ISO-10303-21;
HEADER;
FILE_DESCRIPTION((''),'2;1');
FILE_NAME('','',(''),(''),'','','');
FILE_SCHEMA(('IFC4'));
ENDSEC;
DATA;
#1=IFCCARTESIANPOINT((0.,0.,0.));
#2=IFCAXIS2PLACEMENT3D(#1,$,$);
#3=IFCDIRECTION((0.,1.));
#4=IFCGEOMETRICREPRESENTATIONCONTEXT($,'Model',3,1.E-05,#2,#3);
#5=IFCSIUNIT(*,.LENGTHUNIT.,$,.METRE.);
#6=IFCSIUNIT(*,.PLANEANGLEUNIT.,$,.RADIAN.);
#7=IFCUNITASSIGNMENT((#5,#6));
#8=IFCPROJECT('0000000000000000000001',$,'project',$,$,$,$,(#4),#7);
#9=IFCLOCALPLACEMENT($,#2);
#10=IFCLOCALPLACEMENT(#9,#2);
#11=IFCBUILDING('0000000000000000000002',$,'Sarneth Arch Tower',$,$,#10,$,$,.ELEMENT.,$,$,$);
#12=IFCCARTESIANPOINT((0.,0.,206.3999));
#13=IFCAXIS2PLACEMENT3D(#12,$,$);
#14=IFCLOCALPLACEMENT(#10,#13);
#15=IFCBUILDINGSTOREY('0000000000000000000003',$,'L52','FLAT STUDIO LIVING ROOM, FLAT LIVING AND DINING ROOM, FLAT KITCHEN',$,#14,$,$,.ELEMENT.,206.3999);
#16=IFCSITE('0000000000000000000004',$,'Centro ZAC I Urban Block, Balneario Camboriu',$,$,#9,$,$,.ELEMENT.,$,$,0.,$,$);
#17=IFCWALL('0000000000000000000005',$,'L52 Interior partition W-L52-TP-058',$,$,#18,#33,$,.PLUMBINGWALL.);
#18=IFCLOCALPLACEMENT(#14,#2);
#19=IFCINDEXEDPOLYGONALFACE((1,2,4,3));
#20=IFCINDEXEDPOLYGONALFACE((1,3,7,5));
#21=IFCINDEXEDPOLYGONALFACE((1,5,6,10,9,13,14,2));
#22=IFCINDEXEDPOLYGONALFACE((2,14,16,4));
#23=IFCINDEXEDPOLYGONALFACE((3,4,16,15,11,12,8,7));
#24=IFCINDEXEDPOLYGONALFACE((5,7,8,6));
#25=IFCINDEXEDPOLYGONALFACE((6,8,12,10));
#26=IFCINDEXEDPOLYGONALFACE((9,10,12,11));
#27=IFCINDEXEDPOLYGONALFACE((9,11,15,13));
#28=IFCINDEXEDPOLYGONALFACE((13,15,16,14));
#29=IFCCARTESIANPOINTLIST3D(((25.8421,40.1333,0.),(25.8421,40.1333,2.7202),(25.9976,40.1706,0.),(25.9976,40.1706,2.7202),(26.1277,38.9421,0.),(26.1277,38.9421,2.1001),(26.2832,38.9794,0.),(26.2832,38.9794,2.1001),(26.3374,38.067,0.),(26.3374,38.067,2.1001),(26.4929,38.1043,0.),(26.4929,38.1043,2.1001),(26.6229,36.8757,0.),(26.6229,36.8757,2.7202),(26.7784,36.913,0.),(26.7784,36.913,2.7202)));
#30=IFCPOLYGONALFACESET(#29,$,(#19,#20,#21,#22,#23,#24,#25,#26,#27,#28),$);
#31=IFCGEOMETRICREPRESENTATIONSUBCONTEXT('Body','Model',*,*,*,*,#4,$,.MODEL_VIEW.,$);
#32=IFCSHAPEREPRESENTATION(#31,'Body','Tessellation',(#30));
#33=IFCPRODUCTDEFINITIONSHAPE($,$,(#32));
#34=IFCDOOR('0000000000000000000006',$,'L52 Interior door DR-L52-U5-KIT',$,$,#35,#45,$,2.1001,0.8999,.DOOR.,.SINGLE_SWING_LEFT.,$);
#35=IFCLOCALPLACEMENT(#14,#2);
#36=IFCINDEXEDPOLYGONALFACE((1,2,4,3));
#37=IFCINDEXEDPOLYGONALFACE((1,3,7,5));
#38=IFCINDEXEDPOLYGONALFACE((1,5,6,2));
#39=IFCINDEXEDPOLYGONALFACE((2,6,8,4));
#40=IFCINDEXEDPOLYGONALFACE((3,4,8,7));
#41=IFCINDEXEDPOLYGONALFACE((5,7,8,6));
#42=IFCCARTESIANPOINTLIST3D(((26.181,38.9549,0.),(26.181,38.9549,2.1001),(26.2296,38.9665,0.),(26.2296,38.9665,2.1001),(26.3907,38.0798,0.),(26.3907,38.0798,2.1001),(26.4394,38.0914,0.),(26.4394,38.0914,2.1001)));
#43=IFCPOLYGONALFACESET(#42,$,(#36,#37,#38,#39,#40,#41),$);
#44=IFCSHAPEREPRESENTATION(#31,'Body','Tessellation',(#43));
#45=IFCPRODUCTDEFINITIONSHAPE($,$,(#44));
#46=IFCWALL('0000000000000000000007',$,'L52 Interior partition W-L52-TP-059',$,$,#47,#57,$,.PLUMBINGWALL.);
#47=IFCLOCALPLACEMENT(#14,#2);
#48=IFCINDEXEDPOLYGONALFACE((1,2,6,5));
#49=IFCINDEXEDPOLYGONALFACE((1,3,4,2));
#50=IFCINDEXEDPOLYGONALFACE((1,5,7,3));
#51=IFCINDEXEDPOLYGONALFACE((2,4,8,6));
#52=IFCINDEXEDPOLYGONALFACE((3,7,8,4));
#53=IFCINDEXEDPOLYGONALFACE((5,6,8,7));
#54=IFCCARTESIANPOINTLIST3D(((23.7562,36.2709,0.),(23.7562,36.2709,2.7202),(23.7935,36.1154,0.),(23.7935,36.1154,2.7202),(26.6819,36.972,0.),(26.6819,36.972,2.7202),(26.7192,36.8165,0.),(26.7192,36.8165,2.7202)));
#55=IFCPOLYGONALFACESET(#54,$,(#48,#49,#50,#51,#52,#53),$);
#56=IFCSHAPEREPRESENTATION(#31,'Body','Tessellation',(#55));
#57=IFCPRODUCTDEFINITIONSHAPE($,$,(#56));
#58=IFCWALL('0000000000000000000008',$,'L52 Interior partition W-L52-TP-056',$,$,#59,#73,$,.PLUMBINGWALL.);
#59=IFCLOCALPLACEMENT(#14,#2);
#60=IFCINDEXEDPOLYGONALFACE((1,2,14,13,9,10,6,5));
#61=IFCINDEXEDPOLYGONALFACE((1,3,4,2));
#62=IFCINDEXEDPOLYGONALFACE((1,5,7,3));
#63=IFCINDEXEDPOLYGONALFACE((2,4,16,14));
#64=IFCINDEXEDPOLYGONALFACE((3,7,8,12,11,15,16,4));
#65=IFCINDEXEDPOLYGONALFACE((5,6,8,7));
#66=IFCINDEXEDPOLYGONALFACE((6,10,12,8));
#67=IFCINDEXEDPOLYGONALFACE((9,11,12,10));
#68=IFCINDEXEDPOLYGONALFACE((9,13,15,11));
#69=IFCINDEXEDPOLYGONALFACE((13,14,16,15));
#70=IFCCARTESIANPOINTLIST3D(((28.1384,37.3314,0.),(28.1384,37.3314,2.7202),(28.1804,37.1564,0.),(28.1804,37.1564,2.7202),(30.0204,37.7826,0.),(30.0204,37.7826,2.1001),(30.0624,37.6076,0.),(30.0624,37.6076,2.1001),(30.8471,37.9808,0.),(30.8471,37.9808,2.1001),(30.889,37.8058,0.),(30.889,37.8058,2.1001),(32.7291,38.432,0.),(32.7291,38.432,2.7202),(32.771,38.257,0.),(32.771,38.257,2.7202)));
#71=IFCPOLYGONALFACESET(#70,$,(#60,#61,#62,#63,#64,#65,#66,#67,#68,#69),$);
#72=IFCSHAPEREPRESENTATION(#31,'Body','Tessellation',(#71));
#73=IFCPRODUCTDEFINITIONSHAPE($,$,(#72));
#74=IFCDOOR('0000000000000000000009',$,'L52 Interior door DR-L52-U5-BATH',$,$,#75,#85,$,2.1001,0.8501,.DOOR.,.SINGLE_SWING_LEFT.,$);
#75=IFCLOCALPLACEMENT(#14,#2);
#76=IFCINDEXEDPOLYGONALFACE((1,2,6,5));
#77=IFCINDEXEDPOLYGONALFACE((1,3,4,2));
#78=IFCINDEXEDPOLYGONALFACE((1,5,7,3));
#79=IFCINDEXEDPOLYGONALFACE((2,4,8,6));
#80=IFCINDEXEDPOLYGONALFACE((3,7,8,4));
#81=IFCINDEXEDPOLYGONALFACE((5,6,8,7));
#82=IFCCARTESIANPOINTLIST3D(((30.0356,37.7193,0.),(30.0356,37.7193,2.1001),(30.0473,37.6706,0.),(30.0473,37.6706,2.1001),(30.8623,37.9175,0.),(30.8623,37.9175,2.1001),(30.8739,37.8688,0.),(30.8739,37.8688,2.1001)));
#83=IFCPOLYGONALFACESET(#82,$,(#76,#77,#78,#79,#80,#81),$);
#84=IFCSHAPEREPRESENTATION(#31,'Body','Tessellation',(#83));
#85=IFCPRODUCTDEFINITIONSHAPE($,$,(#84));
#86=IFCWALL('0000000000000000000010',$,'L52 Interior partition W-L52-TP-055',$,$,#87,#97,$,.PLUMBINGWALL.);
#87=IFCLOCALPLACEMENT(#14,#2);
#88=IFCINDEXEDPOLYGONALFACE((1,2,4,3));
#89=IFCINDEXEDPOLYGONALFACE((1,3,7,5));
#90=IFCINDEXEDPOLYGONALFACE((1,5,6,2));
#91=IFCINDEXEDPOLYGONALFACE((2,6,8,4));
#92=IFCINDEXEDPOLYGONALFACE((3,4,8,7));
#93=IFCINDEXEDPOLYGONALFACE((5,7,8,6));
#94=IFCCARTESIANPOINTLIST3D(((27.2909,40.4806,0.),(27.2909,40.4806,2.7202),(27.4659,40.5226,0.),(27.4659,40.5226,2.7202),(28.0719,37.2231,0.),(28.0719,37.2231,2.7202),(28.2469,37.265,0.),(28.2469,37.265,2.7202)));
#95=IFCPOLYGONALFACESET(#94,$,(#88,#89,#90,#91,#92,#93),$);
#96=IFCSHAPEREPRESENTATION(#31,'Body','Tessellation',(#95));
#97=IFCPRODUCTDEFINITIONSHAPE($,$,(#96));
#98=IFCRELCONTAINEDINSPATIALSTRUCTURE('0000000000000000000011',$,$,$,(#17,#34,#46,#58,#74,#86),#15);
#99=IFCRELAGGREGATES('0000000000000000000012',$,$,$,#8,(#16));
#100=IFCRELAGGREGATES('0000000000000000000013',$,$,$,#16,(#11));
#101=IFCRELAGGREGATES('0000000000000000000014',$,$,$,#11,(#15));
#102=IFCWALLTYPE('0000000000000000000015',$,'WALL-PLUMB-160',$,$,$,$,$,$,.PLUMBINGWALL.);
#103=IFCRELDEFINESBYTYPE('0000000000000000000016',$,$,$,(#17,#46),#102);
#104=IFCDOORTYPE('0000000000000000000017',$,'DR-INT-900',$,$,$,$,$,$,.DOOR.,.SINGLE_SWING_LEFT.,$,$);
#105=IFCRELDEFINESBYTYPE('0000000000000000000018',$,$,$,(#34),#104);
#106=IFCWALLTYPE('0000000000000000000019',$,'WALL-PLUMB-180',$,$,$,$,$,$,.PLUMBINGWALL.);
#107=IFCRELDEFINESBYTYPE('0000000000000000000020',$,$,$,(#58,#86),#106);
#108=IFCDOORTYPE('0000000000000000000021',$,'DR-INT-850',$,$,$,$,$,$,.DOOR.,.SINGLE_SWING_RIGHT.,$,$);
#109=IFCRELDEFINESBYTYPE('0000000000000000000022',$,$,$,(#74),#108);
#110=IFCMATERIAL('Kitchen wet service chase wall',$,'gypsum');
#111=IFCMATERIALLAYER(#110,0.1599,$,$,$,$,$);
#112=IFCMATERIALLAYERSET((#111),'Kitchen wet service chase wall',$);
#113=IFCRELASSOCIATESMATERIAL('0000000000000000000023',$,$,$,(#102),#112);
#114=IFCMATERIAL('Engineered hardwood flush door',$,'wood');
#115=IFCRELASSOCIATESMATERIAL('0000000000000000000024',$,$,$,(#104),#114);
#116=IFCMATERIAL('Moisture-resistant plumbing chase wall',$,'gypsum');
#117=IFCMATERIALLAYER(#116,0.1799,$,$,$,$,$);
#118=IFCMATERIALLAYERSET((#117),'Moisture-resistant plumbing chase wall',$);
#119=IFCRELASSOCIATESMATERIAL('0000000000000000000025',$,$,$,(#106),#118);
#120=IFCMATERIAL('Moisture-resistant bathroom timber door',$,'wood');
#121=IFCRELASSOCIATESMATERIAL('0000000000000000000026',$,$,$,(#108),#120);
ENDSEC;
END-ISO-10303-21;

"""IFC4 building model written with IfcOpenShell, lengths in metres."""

from ifc_helpers import new_model, si_unit, direction, frame, frame_2d, origin, place, context, subcontext, project, spatial, rectangle, extrude, material, layer, layer_set, type_object, element, fill, save


model = new_model("IFC4")

# Units and contexts
model_context = context("Model", 3, precision=1e-05, world=origin(), true_north=direction((0.0, 1.0)))
body_context = subcontext(model_context, "Body", "Model", "MODEL_VIEW")
ifc_project = project(units=[si_unit("LENGTHUNIT", "METRE"), si_unit("PLANEANGLEUNIT", "RADIAN")], contexts=[model_context])

# Site, building, storey
site_placement = place(None, origin())
site = spatial("IfcSite", under=ifc_project, at=site_placement, Name="Centro ZAC I Urban Block, Balneario Camboriu", CompositionType="ELEMENT", RefElevation=0.0)
building_placement = place(site_placement, origin())
building = spatial("IfcBuilding", under=site, at=building_placement, Name="Sarneth Arch Tower", CompositionType="ELEMENT")
storey_placement = place(building_placement, frame((0.0, 0.0, 206.3999)))
storey = spatial("IfcBuildingStorey", under=building, at=storey_placement, Name="L52", Description="FLAT STUDIO LIVING ROOM, FLAT LIVING AND DINING ROOM, FLAT KITCHEN", CompositionType="ELEMENT", Elevation=206.3999)

# Wall, opening, door
ifc_material_1 = material(Name="Kitchen wet service chase wall", Category="gypsum")
ifc_layer_1 = layer(ifc_material_1, 0.1599)
ifc_layer_set_1 = layer_set([ifc_layer_1], Name="Kitchen wet service chase wall")
wall_type_1 = type_object("IfcWallType", Name="WALL-PLUMB-160", PredefinedType="PLUMBINGWALL", material=ifc_layer_set_1)
wall_1_placement = place(storey_placement, frame((25.9199, 40.1519, 0.0), z_axis=(0.0, 0.0, 1.0), x_axis=(0.233075, -0.972459, 0.0)))
wall_1 = element("IfcWall", 1, at=wall_1_placement, inside=storey, type_object=wall_type_1, Name="L52 Interior partition W-L52-TP-058", PredefinedType="PLUMBINGWALL", context=body_context, shape_type="SweptSolid", body=[
    extrude(rectangle(XDim=3.3499, YDim=0.1599, at=frame_2d((1.6748, 0.0))), origin(), (0.0, 0.0, 1.0), 2.7202),
])
opening_1_placement = place(wall_1_placement, frame((1.2249, 0.0, 0.0)))
opening_1 = element("IfcOpeningElement", 2, at=opening_1_placement, cuts=wall_1, PredefinedType="OPENING", context=body_context, shape_type="SweptSolid", body=[
    extrude(rectangle(XDim=0.8999, YDim=2.1001, at=frame_2d((0.45, 1.05))), frame((0.0, 0.0898, 0.0), z_axis=(0.0, -1.0, 0.0), x_axis=(1.0, 0.0, 0.0)), (0.0, 0.0, 1.0), 0.1799),
])
ifc_material_2 = material(Name="Engineered hardwood flush door", Category="wood")
door_type_1 = type_object("IfcDoorType", Name="DR-INT-900", OperationType="SINGLE_SWING_LEFT", PredefinedType="DOOR", material=ifc_material_2)
door_1_placement = place(opening_1_placement, origin())
door_1 = element("IfcDoor", 3, at=door_1_placement, inside=storey, type_object=door_type_1, Name="L52 Interior door DR-L52-U5-KIT", OperationType="SINGLE_SWING_LEFT", OverallHeight=2.1001, OverallWidth=0.8999, PredefinedType="DOOR", context=body_context, shape_type="SweptSolid", body=[
    extrude(rectangle(XDim=0.8999, YDim=2.1001, at=frame_2d((0.45, 1.05))), frame((0.0, 0.0249, 0.0), z_axis=(0.0, -1.0, 0.0), x_axis=(1.0, 0.0, 0.0)), (0.0, 0.0, 1.0), 0.05),
])
fill(opening_1, door_1)

# Wall
wall_2_placement = place(storey_placement, frame((26.7007, 36.8943, 0.0), z_axis=(0.0, 0.0, 1.0), x_axis=(-0.972464, -0.233054, 0.0)))
element("IfcWall", 4, at=wall_2_placement, inside=storey, type_object=wall_type_1, Name="L52 Interior partition W-L52-TP-059", PredefinedType="PLUMBINGWALL", context=body_context, shape_type="SweptSolid", body=[
    extrude(rectangle(XDim=3.0085, YDim=0.1599, at=frame_2d((1.5044, 0.0))), origin(), (0.0, 0.0, 1.0), 2.7202),
])

# Wall, opening, door
ifc_material_3 = material(Name="Moisture-resistant plumbing chase wall", Category="gypsum")
ifc_layer_2 = layer(ifc_material_3, 0.1799)
ifc_layer_set_2 = layer_set([ifc_layer_2], Name="Moisture-resistant plumbing chase wall")
wall_type_2 = type_object("IfcWallType", Name="WALL-PLUMB-180", PredefinedType="PLUMBINGWALL", material=ifc_layer_set_2)
wall_3_placement = place(storey_placement, frame((28.1594, 37.2439, 0.0), z_axis=(0.0, 0.0, 1.0), x_axis=(0.972443, 0.233142, 0.0)))
wall_3 = element("IfcWall", 5, at=wall_3_placement, inside=storey, type_object=wall_type_2, Name="L52 Interior partition W-L52-TP-056", PredefinedType="PLUMBINGWALL", context=body_context, shape_type="SweptSolid", body=[
    extrude(rectangle(XDim=4.7207, YDim=0.1799, at=frame_2d((2.3604, 0.0))), origin(), (0.0, 0.0, 1.0), 2.7202),
])
opening_2_placement = place(wall_3_placement, frame((1.9353, 0.0, 0.0)))
opening_2 = element("IfcOpeningElement", 6, at=opening_2_placement, cuts=wall_3, PredefinedType="OPENING", context=body_context, shape_type="SweptSolid", body=[
    extrude(rectangle(XDim=0.8501, YDim=2.1001, at=frame_2d((0.425, 1.05))), frame((0.0, 0.0999, 0.0), z_axis=(0.0, -1.0, 0.0), x_axis=(1.0, 0.0, 0.0)), (0.0, 0.0, 1.0), 0.2),
])
ifc_material_4 = material(Name="Moisture-resistant bathroom timber door", Category="wood")
door_type_2 = type_object("IfcDoorType", Name="DR-INT-850", OperationType="SINGLE_SWING_RIGHT", PredefinedType="DOOR", material=ifc_material_4)
door_2_placement = place(opening_2_placement, origin())
door_2 = element("IfcDoor", 7, at=door_2_placement, inside=storey, type_object=door_type_2, Name="L52 Interior door DR-L52-U5-BATH", OperationType="SINGLE_SWING_LEFT", OverallHeight=2.1001, OverallWidth=0.8501, PredefinedType="DOOR", context=body_context, shape_type="SweptSolid", body=[
    extrude(rectangle(XDim=0.8501, YDim=2.1001, at=frame_2d((0.425, 1.05))), frame((0.0, 0.0249, 0.0), z_axis=(0.0, -1.0, 0.0), x_axis=(1.0, 0.0, 0.0)), (0.0, 0.0, 1.0), 0.05),
])
fill(opening_2, door_2)

# Wall
wall_4_placement = place(storey_placement, frame((27.3784, 40.5015, 0.0), z_axis=(0.0, 0.0, 1.0), x_axis=(0.233144, -0.972442, 0.0)))
element("IfcWall", 8, at=wall_4_placement, inside=storey, type_object=wall_type_2, Name="L52 Interior partition W-L52-TP-055", PredefinedType="PLUMBINGWALL", context=body_context, shape_type="SweptSolid", body=[
    extrude(rectangle(XDim=3.3499, YDim=0.1799, at=frame_2d((1.6748, 0.0))), origin(), (0.0, 0.0, 1.0), 2.7202),
])

save(model, "model.ifc")
